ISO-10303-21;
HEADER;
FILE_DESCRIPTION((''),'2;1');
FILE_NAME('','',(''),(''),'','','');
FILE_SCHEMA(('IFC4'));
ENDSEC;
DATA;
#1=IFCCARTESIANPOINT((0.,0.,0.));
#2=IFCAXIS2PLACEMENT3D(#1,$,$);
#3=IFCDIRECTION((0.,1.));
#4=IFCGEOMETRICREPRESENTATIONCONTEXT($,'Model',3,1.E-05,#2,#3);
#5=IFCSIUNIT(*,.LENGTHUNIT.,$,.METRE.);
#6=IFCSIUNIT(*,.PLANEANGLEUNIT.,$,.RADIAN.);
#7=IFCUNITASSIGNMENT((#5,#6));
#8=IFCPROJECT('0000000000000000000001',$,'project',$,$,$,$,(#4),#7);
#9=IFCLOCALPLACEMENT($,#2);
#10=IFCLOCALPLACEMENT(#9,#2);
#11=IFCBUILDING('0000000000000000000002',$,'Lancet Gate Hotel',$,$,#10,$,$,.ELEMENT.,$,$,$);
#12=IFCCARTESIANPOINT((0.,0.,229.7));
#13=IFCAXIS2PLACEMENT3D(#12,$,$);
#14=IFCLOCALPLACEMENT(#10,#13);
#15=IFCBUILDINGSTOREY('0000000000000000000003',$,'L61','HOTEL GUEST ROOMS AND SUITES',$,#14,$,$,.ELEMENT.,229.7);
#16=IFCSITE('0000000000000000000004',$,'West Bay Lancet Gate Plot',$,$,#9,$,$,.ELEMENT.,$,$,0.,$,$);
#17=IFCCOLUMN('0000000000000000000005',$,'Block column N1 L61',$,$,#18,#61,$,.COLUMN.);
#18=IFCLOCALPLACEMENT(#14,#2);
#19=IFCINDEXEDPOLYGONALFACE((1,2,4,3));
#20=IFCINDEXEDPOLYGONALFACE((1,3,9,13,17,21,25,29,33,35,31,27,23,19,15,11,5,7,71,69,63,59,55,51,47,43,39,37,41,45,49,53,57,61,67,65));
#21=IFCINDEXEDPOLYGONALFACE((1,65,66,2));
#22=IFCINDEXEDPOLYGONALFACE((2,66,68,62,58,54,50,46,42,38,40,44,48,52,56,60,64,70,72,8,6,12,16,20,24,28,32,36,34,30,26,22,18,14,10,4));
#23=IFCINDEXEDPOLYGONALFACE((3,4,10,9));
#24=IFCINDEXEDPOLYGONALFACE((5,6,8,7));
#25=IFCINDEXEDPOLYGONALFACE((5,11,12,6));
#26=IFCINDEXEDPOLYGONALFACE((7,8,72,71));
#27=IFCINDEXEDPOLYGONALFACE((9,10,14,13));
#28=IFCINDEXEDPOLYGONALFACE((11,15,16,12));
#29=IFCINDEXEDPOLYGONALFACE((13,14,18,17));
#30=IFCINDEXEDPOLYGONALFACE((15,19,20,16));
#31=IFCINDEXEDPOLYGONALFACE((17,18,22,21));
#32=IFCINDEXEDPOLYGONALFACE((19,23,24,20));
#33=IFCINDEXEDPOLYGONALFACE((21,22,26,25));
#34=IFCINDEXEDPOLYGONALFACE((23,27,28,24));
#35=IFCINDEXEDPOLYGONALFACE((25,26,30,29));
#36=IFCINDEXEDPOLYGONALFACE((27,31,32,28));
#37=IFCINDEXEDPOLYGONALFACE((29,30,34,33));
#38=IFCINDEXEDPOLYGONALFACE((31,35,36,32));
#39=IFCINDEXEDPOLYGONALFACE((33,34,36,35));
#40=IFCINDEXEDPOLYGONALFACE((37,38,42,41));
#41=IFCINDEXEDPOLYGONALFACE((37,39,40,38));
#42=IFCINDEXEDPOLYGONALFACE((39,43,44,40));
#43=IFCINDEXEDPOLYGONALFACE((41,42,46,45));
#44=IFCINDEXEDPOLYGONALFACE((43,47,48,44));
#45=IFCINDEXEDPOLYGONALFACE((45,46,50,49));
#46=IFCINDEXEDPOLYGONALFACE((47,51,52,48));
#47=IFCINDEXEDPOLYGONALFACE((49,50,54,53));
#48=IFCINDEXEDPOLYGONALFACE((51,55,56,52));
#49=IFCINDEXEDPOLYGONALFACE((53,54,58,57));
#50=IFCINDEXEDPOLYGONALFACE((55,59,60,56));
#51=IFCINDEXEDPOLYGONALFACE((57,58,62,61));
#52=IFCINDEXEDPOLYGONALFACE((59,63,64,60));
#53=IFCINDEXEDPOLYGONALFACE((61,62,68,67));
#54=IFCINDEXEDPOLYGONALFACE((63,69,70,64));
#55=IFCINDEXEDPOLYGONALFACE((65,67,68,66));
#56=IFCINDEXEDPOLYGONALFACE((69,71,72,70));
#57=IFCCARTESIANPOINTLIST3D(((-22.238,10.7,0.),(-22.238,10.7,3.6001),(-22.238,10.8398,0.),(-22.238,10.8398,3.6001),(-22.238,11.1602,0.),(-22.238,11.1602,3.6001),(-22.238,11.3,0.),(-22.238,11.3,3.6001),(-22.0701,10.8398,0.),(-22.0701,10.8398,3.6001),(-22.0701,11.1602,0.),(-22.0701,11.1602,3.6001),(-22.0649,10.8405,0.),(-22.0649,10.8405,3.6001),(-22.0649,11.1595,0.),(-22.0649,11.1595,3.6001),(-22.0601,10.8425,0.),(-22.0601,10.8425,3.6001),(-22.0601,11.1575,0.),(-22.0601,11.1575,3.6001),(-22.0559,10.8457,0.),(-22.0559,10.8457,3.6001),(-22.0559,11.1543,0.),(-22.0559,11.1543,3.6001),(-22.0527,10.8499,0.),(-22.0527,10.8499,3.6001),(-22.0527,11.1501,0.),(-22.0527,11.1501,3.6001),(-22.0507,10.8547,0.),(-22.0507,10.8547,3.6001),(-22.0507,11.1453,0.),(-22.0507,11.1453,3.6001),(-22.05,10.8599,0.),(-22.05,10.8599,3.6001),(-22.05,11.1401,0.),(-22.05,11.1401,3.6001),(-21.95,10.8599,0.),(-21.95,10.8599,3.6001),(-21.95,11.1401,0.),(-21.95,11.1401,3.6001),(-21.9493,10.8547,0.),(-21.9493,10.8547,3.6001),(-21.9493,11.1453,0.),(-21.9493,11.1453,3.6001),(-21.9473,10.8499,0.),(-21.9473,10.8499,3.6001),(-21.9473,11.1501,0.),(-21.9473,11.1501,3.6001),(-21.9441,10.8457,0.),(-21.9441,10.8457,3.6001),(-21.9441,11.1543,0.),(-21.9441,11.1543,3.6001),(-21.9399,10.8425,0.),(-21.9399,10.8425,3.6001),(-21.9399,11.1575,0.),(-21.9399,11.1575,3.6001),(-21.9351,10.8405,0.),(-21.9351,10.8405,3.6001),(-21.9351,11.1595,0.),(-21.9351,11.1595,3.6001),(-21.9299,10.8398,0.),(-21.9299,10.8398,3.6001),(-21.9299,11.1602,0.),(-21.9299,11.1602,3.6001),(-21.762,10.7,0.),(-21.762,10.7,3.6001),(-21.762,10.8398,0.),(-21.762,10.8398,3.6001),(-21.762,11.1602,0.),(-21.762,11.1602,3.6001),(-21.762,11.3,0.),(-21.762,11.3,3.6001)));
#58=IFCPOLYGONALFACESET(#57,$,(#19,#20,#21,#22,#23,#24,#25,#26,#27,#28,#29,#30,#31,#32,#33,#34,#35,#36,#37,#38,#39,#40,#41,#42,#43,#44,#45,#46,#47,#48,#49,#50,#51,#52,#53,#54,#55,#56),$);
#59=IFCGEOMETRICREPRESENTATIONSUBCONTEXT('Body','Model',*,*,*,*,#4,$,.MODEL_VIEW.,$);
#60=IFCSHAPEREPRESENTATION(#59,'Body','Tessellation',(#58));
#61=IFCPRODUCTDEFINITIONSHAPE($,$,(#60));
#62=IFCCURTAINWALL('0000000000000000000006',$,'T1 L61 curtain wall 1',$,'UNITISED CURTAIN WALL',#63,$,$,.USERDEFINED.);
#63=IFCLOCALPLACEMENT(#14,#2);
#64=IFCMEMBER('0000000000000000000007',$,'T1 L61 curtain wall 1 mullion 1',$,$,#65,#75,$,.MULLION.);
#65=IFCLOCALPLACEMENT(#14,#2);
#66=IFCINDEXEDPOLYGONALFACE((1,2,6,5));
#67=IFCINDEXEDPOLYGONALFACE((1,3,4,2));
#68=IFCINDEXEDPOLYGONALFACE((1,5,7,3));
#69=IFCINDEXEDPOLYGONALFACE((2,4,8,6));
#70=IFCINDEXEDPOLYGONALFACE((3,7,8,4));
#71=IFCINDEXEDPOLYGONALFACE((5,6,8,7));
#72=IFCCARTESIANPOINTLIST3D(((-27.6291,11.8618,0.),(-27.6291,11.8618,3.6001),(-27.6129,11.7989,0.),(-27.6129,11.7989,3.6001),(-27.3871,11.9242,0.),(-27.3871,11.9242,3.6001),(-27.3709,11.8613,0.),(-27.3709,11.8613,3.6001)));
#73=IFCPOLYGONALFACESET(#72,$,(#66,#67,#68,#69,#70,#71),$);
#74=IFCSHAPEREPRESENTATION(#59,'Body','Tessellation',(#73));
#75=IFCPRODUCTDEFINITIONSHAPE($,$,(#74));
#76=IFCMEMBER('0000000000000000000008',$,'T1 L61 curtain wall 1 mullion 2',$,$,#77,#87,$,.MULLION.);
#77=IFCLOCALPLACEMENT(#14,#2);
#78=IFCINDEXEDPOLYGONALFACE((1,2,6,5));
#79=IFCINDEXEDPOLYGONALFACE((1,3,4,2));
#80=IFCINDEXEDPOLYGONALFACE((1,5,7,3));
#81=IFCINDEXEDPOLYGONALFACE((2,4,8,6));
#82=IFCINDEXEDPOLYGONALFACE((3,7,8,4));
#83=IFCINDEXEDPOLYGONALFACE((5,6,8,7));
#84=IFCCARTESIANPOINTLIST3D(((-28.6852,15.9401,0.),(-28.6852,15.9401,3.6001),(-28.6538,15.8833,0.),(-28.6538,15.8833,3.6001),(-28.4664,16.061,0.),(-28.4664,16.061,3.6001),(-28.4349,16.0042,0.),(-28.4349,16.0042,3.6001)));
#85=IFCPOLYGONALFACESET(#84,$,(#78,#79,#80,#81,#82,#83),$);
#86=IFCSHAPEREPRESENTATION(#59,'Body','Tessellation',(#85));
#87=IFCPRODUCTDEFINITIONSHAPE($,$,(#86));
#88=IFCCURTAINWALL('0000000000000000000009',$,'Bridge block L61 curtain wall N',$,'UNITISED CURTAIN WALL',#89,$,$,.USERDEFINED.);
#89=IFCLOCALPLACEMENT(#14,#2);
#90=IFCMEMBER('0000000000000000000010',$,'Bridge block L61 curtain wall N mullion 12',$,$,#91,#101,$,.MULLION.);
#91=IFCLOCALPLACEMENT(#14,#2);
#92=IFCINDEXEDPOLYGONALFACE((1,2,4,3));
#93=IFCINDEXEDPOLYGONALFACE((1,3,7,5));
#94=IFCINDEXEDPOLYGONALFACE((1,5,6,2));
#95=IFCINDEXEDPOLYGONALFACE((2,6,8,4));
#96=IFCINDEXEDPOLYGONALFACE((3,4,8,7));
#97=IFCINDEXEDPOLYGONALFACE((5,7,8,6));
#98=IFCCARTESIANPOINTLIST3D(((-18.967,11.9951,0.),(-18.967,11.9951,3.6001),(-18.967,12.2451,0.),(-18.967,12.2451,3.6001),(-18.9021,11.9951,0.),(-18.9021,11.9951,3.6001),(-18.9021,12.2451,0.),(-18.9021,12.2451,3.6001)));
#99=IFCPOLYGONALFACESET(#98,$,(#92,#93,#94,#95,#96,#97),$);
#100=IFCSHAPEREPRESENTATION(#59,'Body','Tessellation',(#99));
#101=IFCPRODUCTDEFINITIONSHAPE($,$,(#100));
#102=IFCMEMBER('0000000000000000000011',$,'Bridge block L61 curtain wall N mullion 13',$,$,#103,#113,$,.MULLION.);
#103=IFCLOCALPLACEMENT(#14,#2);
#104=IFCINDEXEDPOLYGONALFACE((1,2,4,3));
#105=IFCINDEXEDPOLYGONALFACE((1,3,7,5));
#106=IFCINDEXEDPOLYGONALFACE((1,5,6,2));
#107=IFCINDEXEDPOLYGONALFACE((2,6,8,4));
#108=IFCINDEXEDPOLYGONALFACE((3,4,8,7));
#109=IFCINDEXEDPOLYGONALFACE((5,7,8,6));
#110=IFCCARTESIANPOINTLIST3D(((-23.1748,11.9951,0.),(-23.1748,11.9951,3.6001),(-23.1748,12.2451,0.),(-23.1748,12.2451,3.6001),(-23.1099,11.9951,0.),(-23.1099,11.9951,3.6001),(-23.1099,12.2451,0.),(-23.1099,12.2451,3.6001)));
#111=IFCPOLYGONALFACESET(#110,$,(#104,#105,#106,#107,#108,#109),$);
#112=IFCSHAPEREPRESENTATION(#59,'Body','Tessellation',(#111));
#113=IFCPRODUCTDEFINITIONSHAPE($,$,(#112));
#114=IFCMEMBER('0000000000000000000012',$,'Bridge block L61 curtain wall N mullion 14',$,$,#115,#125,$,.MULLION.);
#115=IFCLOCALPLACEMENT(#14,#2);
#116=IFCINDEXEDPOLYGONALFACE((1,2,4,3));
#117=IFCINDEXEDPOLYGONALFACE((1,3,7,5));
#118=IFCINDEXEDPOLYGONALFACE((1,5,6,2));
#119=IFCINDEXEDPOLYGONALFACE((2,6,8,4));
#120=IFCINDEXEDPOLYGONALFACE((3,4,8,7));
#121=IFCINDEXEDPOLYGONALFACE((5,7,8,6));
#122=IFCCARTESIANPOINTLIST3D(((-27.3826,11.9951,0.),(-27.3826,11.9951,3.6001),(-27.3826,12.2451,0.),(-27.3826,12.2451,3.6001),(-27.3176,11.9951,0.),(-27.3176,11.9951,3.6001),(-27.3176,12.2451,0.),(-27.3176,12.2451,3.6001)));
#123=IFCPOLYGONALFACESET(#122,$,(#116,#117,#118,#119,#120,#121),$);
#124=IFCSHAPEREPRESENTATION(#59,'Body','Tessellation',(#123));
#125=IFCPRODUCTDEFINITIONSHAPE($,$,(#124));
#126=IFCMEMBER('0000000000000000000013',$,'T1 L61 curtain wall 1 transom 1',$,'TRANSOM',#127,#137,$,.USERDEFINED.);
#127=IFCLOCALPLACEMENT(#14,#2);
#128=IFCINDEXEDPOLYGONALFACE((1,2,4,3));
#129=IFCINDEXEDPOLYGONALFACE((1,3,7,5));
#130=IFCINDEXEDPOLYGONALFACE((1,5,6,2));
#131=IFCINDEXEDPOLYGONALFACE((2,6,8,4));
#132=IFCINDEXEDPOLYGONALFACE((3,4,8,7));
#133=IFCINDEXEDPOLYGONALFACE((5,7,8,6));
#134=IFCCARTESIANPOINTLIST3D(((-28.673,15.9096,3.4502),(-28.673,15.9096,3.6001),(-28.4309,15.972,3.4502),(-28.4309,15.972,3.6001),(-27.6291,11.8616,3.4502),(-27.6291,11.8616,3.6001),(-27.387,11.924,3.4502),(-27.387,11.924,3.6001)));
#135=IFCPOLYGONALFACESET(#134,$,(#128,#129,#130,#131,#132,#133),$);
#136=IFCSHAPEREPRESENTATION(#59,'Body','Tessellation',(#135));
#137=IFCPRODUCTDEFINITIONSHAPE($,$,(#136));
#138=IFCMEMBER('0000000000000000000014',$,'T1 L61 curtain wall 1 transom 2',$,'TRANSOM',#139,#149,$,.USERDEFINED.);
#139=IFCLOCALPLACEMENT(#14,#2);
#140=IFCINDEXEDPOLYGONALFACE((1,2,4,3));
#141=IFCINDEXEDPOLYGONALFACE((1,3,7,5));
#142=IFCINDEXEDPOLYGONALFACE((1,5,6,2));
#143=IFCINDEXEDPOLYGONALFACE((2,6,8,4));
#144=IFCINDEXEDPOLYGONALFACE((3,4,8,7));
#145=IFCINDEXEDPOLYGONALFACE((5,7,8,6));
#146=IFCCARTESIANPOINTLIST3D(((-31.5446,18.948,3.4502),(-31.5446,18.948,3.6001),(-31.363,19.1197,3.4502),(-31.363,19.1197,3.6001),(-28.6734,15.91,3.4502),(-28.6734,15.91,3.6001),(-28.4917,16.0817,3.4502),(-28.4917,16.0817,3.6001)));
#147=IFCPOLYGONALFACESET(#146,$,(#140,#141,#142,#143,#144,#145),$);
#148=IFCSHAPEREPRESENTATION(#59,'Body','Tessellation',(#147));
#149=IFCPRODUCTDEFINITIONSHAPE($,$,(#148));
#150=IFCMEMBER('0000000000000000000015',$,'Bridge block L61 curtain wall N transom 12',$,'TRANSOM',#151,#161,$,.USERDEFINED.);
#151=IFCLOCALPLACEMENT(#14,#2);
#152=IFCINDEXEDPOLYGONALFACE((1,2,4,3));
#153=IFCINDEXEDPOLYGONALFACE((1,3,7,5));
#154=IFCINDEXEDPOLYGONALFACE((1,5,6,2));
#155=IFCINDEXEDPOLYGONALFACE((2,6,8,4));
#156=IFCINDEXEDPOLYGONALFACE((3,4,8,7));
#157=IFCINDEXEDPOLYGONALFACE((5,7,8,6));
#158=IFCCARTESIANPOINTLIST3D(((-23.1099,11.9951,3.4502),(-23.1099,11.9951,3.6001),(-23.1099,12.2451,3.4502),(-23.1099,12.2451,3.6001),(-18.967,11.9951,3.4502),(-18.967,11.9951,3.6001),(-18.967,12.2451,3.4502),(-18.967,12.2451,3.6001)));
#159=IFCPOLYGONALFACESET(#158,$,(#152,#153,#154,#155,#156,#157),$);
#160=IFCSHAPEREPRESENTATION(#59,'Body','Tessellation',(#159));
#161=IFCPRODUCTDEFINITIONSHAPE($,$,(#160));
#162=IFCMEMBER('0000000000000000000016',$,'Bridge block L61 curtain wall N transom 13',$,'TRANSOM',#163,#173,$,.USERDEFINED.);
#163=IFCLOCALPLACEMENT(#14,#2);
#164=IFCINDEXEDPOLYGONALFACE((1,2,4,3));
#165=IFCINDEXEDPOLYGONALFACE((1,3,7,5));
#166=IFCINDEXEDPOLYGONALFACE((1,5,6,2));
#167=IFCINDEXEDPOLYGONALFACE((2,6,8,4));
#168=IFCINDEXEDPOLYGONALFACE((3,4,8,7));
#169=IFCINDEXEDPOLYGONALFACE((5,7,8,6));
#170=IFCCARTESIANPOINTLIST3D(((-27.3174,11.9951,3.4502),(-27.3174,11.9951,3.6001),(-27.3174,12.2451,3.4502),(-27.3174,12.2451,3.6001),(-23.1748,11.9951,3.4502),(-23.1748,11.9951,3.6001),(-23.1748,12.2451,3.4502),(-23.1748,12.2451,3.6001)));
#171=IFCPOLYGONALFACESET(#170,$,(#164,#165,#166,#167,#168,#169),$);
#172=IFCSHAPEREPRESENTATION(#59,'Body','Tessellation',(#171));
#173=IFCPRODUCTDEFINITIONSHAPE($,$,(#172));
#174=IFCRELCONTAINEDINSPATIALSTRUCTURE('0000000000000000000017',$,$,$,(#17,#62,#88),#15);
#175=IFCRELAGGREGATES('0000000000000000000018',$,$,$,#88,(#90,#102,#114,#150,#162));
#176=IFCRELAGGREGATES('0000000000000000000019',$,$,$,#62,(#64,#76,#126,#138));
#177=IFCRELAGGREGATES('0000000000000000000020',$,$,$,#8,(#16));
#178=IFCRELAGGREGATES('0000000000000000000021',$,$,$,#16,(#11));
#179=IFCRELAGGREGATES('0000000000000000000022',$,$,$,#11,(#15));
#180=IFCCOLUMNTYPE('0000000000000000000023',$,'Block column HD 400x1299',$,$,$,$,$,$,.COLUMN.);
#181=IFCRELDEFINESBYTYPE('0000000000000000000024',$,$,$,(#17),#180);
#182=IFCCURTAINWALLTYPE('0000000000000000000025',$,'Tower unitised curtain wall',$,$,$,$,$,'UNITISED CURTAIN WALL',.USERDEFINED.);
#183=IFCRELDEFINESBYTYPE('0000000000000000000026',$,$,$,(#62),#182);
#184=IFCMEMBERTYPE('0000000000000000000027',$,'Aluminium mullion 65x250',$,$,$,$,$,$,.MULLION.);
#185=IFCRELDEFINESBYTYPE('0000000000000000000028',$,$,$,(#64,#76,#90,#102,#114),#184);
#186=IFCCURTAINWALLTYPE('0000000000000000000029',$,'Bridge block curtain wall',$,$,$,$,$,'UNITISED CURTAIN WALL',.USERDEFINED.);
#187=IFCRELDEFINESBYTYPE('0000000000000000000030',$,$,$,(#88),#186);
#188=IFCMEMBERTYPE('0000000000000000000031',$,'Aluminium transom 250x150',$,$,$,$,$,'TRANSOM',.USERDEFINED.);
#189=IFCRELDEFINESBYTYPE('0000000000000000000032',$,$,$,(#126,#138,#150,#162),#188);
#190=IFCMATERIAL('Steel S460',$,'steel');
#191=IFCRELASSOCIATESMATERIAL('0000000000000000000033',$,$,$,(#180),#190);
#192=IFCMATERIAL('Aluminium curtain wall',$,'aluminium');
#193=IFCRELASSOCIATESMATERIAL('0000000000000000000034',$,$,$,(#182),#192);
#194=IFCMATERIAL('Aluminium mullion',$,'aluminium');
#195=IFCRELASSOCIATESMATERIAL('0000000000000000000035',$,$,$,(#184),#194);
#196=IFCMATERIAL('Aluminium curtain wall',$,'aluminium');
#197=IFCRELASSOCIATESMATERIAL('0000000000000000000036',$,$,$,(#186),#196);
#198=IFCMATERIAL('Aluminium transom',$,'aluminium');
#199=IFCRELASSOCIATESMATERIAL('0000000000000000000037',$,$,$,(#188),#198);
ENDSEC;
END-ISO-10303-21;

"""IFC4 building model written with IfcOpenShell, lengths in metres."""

from ifc_helpers import new_model, si_unit, direction, frame, origin, origin_2d, place, context, subcontext, project, spatial, rectangle, i_section, extrude, material, material_profile, profile_set, type_object, element, aggregate, save


model = new_model("IFC4")

# Units and contexts
model_context = context("Model", 3, precision=1e-05, world=origin(), true_north=direction((0.0, 1.0)))
body_context = subcontext(model_context, "Body", "Model", "MODEL_VIEW")
ifc_project = project(units=[si_unit("LENGTHUNIT", "METRE"), si_unit("PLANEANGLEUNIT", "RADIAN")], contexts=[model_context])

# Site, building, storey
site_placement = place(None, origin())
site = spatial("IfcSite", under=ifc_project, at=site_placement, Name="West Bay Lancet Gate Plot", CompositionType="ELEMENT", RefElevation=0.0)
building_placement = place(site_placement, origin())
building = spatial("IfcBuilding", under=site, at=building_placement, Name="Lancet Gate Hotel", CompositionType="ELEMENT")
storey_placement = place(building_placement, frame((0.0, 0.0, 229.7)))
storey = spatial("IfcBuildingStorey", under=building, at=storey_placement, Name="L61", Description="HOTEL GUEST ROOMS AND SUITES", CompositionType="ELEMENT", Elevation=229.7)

# Column
ifc_material_1 = material(Name="Steel S460", Category="steel")
ifc_material_profile_1 = material_profile(ifc_material_1, i_section(OverallWidth=0.4761, OverallDepth=0.6001, WebThickness=0.1001, FlangeThickness=0.1399, FilletRadius=0.02, at=origin_2d()), Name="HD 400x1299")
ifc_profile_set_1 = profile_set([ifc_material_profile_1], Name="Steel S460")
column_type = type_object("IfcColumnType", Name="Block column HD 400x1299", PredefinedType="COLUMN", material=ifc_profile_set_1)
column_placement = place(storey_placement, frame((-22.0, 11.0, 0.0), z_axis=(0.0, 0.0, 1.0), x_axis=(1.0, 0.0, 0.0)))
element("IfcColumn", 1, at=column_placement, inside=storey, type_object=column_type, Name="Block column N1 L61", PredefinedType="COLUMN", context=body_context, shape_type="SweptSolid", body=[
    extrude(i_section(OverallWidth=0.4761, OverallDepth=0.6001, WebThickness=0.1001, FlangeThickness=0.1399, FilletRadius=0.02, at=origin_2d()), origin(), (0.0, 0.0, 1.0), 3.6001),
])

# Curtain walls, members
ifc_material_2 = material(Name="Aluminium curtain wall", Category="aluminium")
curtain_wall_type_1 = type_object("IfcCurtainWallType", Name="Tower unitised curtain wall", ElementType="UNITISED CURTAIN WALL", PredefinedType="USERDEFINED", material=ifc_material_2)
curtain_wall_1_placement = place(storey_placement, origin())
curtain_wall_1 = element("IfcCurtainWall", 2, at=curtain_wall_1_placement, inside=storey, type_object=curtain_wall_type_1, Name="T1 L61 curtain wall 1", ObjectType="UNITISED CURTAIN WALL", PredefinedType="USERDEFINED")
ifc_material_3 = material(Name="Aluminium mullion", Category="aluminium")
ifc_material_profile_2 = material_profile(ifc_material_3, rectangle(XDim=0.0649, YDim=0.25, at=origin_2d()), Name="MULLION 65x250")
ifc_profile_set_2 = profile_set([ifc_material_profile_2], Name="Aluminium mullion")
member_type_1 = type_object("IfcMemberType", Name="Aluminium mullion 65x250", PredefinedType="MULLION", material=ifc_profile_set_2)
member_1_placement = place(storey_placement, frame((-27.5, 11.8616, 0.0), z_axis=(0.0, 0.0, 1.0), x_axis=(-0.249726, 0.968317, 0.0)))
member_1 = element("IfcMember", 3, at=member_1_placement, type_object=member_type_1, Name="T1 L61 curtain wall 1 mullion 1", PredefinedType="MULLION", context=body_context, shape_type="SweptSolid", body=[
    extrude(rectangle(XDim=0.0649, YDim=0.25, at=origin_2d()), origin(), (0.0, 0.0, 1.0), 3.6001),
])
member_2_placement = place(storey_placement, frame((-28.5601, 15.9722, 0.0), z_axis=(0.0, 0.0, 1.0), x_axis=(-0.483627, 0.875274, 0.0)))
member_2 = element("IfcMember", 4, at=member_2_placement, type_object=member_type_1, Name="T1 L61 curtain wall 1 mullion 2", PredefinedType="MULLION", context=body_context, shape_type="SweptSolid", body=[
    extrude(rectangle(XDim=0.0649, YDim=0.25, at=origin_2d()), origin(), (0.0, 0.0, 1.0), 3.6001),
])
ifc_material_4 = material(Name="Aluminium curtain wall", Category="aluminium")
curtain_wall_type_2 = type_object("IfcCurtainWallType", Name="Bridge block curtain wall", ElementType="UNITISED CURTAIN WALL", PredefinedType="USERDEFINED", material=ifc_material_4)
curtain_wall_2_placement = place(storey_placement, origin())
curtain_wall_2 = element("IfcCurtainWall", 5, at=curtain_wall_2_placement, inside=storey, type_object=curtain_wall_type_2, Name="Bridge block L61 curtain wall N", ObjectType="UNITISED CURTAIN WALL", PredefinedType="USERDEFINED")
member_3_placement = place(storey_placement, frame((-18.9346, 12.1201, 0.0), z_axis=(0.0, 0.0, 1.0), x_axis=(-1.0, 0.0, 0.0)))
member_3 = element("IfcMember", 6, at=member_3_placement, type_object=member_type_1, Name="Bridge block L61 curtain wall N mullion 12", PredefinedType="MULLION", context=body_context, shape_type="SweptSolid", body=[
    extrude(rectangle(XDim=0.0649, YDim=0.25, at=origin_2d()), origin(), (0.0, 0.0, 1.0), 3.6001),
])
member_4_placement = place(storey_placement, frame((-23.1423, 12.1201, 0.0), z_axis=(0.0, 0.0, 1.0), x_axis=(-1.0, 0.0, 0.0)))
member_4 = element("IfcMember", 7, at=member_4_placement, type_object=member_type_1, Name="Bridge block L61 curtain wall N mullion 13", PredefinedType="MULLION", context=body_context, shape_type="SweptSolid", body=[
    extrude(rectangle(XDim=0.0649, YDim=0.25, at=origin_2d()), origin(), (0.0, 0.0, 1.0), 3.6001),
])
member_5_placement = place(storey_placement, frame((-27.3501, 12.1201, 0.0), z_axis=(0.0, 0.0, 1.0), x_axis=(-1.0, 0.0, 0.0)))
member_5 = element("IfcMember", 8, at=member_5_placement, type_object=member_type_1, Name="Bridge block L61 curtain wall N mullion 14", PredefinedType="MULLION", context=body_context, shape_type="SweptSolid", body=[
    extrude(rectangle(XDim=0.0649, YDim=0.25, at=origin_2d()), origin(), (0.0, 0.0, 1.0), 3.6001),
])

# Members
ifc_material_5 = material(Name="Aluminium transom", Category="aluminium")
ifc_material_profile_3 = material_profile(ifc_material_5, rectangle(XDim=0.25, YDim=0.1499, at=origin_2d()), Name="TRANSOM 250x150")
ifc_profile_set_3 = profile_set([ifc_material_profile_3], Name="Aluminium transom")
member_type_2 = type_object("IfcMemberType", Name="Aluminium transom 250x150", ElementType="TRANSOM", PredefinedType="USERDEFINED", material=ifc_profile_set_3)
member_6_placement = place(storey_placement, frame((-27.5081, 11.8928, 3.5251), z_axis=(-0.249716, 0.968319, 0.0), x_axis=(-0.968319, -0.249716, 0.0)))
member_6 = element("IfcMember", 9, at=member_6_placement, type_object=member_type_2, Name="T1 L61 curtain wall 1 transom 1", ObjectType="TRANSOM", PredefinedType="USERDEFINED", context=body_context, shape_type="SweptSolid", body=[
    extrude(rectangle(XDim=0.25, YDim=0.1499, at=origin_2d()), origin(), (0.0, 0.0, 1.0), 4.1804),
])
member_7_placement = place(storey_placement, frame((-28.5825, 15.9958, 3.5251), z_axis=(-0.686881, 0.72677, 0.0), x_axis=(-0.72677, -0.686881, 0.0)))
member_7 = element("IfcMember", 10, at=member_7_placement, type_object=member_type_2, Name="T1 L61 curtain wall 1 transom 2", ObjectType="TRANSOM", PredefinedType="USERDEFINED", context=body_context, shape_type="SweptSolid", body=[
    extrude(rectangle(XDim=0.25, YDim=0.1499, at=origin_2d()), origin(), (0.0, 0.0, 1.0), 4.1802),
])
member_8_placement = place(storey_placement, frame((-18.967, 12.1201, 3.5251), z_axis=(-1.0, 0.0, 0.0), x_axis=(0.0, -1.0, 0.0)))
member_8 = element("IfcMember", 11, at=member_8_placement, type_object=member_type_2, Name="Bridge block L61 curtain wall N transom 12", ObjectType="TRANSOM", PredefinedType="USERDEFINED", context=body_context, shape_type="SweptSolid", body=[
    extrude(rectangle(XDim=0.25, YDim=0.1499, at=origin_2d()), origin(), (0.0, 0.0, 1.0), 4.1428),
])
member_9_placement = place(storey_placement, frame((-23.1748, 12.1201, 3.5251), z_axis=(-1.0, 0.0, 0.0), x_axis=(0.0, -1.0, 0.0)))
member_9 = element("IfcMember", 12, at=member_9_placement, type_object=member_type_2, Name="Bridge block L61 curtain wall N transom 13", ObjectType="TRANSOM", PredefinedType="USERDEFINED", context=body_context, shape_type="SweptSolid", body=[
    extrude(rectangle(XDim=0.25, YDim=0.1499, at=origin_2d()), origin(), (0.0, 0.0, 1.0), 4.1426),
])

aggregate(curtain_wall_2, [member_3, member_4, member_5, member_8, member_9])
aggregate(curtain_wall_1, [member_1, member_2, member_6, member_7])

save(model, "model.ifc")
